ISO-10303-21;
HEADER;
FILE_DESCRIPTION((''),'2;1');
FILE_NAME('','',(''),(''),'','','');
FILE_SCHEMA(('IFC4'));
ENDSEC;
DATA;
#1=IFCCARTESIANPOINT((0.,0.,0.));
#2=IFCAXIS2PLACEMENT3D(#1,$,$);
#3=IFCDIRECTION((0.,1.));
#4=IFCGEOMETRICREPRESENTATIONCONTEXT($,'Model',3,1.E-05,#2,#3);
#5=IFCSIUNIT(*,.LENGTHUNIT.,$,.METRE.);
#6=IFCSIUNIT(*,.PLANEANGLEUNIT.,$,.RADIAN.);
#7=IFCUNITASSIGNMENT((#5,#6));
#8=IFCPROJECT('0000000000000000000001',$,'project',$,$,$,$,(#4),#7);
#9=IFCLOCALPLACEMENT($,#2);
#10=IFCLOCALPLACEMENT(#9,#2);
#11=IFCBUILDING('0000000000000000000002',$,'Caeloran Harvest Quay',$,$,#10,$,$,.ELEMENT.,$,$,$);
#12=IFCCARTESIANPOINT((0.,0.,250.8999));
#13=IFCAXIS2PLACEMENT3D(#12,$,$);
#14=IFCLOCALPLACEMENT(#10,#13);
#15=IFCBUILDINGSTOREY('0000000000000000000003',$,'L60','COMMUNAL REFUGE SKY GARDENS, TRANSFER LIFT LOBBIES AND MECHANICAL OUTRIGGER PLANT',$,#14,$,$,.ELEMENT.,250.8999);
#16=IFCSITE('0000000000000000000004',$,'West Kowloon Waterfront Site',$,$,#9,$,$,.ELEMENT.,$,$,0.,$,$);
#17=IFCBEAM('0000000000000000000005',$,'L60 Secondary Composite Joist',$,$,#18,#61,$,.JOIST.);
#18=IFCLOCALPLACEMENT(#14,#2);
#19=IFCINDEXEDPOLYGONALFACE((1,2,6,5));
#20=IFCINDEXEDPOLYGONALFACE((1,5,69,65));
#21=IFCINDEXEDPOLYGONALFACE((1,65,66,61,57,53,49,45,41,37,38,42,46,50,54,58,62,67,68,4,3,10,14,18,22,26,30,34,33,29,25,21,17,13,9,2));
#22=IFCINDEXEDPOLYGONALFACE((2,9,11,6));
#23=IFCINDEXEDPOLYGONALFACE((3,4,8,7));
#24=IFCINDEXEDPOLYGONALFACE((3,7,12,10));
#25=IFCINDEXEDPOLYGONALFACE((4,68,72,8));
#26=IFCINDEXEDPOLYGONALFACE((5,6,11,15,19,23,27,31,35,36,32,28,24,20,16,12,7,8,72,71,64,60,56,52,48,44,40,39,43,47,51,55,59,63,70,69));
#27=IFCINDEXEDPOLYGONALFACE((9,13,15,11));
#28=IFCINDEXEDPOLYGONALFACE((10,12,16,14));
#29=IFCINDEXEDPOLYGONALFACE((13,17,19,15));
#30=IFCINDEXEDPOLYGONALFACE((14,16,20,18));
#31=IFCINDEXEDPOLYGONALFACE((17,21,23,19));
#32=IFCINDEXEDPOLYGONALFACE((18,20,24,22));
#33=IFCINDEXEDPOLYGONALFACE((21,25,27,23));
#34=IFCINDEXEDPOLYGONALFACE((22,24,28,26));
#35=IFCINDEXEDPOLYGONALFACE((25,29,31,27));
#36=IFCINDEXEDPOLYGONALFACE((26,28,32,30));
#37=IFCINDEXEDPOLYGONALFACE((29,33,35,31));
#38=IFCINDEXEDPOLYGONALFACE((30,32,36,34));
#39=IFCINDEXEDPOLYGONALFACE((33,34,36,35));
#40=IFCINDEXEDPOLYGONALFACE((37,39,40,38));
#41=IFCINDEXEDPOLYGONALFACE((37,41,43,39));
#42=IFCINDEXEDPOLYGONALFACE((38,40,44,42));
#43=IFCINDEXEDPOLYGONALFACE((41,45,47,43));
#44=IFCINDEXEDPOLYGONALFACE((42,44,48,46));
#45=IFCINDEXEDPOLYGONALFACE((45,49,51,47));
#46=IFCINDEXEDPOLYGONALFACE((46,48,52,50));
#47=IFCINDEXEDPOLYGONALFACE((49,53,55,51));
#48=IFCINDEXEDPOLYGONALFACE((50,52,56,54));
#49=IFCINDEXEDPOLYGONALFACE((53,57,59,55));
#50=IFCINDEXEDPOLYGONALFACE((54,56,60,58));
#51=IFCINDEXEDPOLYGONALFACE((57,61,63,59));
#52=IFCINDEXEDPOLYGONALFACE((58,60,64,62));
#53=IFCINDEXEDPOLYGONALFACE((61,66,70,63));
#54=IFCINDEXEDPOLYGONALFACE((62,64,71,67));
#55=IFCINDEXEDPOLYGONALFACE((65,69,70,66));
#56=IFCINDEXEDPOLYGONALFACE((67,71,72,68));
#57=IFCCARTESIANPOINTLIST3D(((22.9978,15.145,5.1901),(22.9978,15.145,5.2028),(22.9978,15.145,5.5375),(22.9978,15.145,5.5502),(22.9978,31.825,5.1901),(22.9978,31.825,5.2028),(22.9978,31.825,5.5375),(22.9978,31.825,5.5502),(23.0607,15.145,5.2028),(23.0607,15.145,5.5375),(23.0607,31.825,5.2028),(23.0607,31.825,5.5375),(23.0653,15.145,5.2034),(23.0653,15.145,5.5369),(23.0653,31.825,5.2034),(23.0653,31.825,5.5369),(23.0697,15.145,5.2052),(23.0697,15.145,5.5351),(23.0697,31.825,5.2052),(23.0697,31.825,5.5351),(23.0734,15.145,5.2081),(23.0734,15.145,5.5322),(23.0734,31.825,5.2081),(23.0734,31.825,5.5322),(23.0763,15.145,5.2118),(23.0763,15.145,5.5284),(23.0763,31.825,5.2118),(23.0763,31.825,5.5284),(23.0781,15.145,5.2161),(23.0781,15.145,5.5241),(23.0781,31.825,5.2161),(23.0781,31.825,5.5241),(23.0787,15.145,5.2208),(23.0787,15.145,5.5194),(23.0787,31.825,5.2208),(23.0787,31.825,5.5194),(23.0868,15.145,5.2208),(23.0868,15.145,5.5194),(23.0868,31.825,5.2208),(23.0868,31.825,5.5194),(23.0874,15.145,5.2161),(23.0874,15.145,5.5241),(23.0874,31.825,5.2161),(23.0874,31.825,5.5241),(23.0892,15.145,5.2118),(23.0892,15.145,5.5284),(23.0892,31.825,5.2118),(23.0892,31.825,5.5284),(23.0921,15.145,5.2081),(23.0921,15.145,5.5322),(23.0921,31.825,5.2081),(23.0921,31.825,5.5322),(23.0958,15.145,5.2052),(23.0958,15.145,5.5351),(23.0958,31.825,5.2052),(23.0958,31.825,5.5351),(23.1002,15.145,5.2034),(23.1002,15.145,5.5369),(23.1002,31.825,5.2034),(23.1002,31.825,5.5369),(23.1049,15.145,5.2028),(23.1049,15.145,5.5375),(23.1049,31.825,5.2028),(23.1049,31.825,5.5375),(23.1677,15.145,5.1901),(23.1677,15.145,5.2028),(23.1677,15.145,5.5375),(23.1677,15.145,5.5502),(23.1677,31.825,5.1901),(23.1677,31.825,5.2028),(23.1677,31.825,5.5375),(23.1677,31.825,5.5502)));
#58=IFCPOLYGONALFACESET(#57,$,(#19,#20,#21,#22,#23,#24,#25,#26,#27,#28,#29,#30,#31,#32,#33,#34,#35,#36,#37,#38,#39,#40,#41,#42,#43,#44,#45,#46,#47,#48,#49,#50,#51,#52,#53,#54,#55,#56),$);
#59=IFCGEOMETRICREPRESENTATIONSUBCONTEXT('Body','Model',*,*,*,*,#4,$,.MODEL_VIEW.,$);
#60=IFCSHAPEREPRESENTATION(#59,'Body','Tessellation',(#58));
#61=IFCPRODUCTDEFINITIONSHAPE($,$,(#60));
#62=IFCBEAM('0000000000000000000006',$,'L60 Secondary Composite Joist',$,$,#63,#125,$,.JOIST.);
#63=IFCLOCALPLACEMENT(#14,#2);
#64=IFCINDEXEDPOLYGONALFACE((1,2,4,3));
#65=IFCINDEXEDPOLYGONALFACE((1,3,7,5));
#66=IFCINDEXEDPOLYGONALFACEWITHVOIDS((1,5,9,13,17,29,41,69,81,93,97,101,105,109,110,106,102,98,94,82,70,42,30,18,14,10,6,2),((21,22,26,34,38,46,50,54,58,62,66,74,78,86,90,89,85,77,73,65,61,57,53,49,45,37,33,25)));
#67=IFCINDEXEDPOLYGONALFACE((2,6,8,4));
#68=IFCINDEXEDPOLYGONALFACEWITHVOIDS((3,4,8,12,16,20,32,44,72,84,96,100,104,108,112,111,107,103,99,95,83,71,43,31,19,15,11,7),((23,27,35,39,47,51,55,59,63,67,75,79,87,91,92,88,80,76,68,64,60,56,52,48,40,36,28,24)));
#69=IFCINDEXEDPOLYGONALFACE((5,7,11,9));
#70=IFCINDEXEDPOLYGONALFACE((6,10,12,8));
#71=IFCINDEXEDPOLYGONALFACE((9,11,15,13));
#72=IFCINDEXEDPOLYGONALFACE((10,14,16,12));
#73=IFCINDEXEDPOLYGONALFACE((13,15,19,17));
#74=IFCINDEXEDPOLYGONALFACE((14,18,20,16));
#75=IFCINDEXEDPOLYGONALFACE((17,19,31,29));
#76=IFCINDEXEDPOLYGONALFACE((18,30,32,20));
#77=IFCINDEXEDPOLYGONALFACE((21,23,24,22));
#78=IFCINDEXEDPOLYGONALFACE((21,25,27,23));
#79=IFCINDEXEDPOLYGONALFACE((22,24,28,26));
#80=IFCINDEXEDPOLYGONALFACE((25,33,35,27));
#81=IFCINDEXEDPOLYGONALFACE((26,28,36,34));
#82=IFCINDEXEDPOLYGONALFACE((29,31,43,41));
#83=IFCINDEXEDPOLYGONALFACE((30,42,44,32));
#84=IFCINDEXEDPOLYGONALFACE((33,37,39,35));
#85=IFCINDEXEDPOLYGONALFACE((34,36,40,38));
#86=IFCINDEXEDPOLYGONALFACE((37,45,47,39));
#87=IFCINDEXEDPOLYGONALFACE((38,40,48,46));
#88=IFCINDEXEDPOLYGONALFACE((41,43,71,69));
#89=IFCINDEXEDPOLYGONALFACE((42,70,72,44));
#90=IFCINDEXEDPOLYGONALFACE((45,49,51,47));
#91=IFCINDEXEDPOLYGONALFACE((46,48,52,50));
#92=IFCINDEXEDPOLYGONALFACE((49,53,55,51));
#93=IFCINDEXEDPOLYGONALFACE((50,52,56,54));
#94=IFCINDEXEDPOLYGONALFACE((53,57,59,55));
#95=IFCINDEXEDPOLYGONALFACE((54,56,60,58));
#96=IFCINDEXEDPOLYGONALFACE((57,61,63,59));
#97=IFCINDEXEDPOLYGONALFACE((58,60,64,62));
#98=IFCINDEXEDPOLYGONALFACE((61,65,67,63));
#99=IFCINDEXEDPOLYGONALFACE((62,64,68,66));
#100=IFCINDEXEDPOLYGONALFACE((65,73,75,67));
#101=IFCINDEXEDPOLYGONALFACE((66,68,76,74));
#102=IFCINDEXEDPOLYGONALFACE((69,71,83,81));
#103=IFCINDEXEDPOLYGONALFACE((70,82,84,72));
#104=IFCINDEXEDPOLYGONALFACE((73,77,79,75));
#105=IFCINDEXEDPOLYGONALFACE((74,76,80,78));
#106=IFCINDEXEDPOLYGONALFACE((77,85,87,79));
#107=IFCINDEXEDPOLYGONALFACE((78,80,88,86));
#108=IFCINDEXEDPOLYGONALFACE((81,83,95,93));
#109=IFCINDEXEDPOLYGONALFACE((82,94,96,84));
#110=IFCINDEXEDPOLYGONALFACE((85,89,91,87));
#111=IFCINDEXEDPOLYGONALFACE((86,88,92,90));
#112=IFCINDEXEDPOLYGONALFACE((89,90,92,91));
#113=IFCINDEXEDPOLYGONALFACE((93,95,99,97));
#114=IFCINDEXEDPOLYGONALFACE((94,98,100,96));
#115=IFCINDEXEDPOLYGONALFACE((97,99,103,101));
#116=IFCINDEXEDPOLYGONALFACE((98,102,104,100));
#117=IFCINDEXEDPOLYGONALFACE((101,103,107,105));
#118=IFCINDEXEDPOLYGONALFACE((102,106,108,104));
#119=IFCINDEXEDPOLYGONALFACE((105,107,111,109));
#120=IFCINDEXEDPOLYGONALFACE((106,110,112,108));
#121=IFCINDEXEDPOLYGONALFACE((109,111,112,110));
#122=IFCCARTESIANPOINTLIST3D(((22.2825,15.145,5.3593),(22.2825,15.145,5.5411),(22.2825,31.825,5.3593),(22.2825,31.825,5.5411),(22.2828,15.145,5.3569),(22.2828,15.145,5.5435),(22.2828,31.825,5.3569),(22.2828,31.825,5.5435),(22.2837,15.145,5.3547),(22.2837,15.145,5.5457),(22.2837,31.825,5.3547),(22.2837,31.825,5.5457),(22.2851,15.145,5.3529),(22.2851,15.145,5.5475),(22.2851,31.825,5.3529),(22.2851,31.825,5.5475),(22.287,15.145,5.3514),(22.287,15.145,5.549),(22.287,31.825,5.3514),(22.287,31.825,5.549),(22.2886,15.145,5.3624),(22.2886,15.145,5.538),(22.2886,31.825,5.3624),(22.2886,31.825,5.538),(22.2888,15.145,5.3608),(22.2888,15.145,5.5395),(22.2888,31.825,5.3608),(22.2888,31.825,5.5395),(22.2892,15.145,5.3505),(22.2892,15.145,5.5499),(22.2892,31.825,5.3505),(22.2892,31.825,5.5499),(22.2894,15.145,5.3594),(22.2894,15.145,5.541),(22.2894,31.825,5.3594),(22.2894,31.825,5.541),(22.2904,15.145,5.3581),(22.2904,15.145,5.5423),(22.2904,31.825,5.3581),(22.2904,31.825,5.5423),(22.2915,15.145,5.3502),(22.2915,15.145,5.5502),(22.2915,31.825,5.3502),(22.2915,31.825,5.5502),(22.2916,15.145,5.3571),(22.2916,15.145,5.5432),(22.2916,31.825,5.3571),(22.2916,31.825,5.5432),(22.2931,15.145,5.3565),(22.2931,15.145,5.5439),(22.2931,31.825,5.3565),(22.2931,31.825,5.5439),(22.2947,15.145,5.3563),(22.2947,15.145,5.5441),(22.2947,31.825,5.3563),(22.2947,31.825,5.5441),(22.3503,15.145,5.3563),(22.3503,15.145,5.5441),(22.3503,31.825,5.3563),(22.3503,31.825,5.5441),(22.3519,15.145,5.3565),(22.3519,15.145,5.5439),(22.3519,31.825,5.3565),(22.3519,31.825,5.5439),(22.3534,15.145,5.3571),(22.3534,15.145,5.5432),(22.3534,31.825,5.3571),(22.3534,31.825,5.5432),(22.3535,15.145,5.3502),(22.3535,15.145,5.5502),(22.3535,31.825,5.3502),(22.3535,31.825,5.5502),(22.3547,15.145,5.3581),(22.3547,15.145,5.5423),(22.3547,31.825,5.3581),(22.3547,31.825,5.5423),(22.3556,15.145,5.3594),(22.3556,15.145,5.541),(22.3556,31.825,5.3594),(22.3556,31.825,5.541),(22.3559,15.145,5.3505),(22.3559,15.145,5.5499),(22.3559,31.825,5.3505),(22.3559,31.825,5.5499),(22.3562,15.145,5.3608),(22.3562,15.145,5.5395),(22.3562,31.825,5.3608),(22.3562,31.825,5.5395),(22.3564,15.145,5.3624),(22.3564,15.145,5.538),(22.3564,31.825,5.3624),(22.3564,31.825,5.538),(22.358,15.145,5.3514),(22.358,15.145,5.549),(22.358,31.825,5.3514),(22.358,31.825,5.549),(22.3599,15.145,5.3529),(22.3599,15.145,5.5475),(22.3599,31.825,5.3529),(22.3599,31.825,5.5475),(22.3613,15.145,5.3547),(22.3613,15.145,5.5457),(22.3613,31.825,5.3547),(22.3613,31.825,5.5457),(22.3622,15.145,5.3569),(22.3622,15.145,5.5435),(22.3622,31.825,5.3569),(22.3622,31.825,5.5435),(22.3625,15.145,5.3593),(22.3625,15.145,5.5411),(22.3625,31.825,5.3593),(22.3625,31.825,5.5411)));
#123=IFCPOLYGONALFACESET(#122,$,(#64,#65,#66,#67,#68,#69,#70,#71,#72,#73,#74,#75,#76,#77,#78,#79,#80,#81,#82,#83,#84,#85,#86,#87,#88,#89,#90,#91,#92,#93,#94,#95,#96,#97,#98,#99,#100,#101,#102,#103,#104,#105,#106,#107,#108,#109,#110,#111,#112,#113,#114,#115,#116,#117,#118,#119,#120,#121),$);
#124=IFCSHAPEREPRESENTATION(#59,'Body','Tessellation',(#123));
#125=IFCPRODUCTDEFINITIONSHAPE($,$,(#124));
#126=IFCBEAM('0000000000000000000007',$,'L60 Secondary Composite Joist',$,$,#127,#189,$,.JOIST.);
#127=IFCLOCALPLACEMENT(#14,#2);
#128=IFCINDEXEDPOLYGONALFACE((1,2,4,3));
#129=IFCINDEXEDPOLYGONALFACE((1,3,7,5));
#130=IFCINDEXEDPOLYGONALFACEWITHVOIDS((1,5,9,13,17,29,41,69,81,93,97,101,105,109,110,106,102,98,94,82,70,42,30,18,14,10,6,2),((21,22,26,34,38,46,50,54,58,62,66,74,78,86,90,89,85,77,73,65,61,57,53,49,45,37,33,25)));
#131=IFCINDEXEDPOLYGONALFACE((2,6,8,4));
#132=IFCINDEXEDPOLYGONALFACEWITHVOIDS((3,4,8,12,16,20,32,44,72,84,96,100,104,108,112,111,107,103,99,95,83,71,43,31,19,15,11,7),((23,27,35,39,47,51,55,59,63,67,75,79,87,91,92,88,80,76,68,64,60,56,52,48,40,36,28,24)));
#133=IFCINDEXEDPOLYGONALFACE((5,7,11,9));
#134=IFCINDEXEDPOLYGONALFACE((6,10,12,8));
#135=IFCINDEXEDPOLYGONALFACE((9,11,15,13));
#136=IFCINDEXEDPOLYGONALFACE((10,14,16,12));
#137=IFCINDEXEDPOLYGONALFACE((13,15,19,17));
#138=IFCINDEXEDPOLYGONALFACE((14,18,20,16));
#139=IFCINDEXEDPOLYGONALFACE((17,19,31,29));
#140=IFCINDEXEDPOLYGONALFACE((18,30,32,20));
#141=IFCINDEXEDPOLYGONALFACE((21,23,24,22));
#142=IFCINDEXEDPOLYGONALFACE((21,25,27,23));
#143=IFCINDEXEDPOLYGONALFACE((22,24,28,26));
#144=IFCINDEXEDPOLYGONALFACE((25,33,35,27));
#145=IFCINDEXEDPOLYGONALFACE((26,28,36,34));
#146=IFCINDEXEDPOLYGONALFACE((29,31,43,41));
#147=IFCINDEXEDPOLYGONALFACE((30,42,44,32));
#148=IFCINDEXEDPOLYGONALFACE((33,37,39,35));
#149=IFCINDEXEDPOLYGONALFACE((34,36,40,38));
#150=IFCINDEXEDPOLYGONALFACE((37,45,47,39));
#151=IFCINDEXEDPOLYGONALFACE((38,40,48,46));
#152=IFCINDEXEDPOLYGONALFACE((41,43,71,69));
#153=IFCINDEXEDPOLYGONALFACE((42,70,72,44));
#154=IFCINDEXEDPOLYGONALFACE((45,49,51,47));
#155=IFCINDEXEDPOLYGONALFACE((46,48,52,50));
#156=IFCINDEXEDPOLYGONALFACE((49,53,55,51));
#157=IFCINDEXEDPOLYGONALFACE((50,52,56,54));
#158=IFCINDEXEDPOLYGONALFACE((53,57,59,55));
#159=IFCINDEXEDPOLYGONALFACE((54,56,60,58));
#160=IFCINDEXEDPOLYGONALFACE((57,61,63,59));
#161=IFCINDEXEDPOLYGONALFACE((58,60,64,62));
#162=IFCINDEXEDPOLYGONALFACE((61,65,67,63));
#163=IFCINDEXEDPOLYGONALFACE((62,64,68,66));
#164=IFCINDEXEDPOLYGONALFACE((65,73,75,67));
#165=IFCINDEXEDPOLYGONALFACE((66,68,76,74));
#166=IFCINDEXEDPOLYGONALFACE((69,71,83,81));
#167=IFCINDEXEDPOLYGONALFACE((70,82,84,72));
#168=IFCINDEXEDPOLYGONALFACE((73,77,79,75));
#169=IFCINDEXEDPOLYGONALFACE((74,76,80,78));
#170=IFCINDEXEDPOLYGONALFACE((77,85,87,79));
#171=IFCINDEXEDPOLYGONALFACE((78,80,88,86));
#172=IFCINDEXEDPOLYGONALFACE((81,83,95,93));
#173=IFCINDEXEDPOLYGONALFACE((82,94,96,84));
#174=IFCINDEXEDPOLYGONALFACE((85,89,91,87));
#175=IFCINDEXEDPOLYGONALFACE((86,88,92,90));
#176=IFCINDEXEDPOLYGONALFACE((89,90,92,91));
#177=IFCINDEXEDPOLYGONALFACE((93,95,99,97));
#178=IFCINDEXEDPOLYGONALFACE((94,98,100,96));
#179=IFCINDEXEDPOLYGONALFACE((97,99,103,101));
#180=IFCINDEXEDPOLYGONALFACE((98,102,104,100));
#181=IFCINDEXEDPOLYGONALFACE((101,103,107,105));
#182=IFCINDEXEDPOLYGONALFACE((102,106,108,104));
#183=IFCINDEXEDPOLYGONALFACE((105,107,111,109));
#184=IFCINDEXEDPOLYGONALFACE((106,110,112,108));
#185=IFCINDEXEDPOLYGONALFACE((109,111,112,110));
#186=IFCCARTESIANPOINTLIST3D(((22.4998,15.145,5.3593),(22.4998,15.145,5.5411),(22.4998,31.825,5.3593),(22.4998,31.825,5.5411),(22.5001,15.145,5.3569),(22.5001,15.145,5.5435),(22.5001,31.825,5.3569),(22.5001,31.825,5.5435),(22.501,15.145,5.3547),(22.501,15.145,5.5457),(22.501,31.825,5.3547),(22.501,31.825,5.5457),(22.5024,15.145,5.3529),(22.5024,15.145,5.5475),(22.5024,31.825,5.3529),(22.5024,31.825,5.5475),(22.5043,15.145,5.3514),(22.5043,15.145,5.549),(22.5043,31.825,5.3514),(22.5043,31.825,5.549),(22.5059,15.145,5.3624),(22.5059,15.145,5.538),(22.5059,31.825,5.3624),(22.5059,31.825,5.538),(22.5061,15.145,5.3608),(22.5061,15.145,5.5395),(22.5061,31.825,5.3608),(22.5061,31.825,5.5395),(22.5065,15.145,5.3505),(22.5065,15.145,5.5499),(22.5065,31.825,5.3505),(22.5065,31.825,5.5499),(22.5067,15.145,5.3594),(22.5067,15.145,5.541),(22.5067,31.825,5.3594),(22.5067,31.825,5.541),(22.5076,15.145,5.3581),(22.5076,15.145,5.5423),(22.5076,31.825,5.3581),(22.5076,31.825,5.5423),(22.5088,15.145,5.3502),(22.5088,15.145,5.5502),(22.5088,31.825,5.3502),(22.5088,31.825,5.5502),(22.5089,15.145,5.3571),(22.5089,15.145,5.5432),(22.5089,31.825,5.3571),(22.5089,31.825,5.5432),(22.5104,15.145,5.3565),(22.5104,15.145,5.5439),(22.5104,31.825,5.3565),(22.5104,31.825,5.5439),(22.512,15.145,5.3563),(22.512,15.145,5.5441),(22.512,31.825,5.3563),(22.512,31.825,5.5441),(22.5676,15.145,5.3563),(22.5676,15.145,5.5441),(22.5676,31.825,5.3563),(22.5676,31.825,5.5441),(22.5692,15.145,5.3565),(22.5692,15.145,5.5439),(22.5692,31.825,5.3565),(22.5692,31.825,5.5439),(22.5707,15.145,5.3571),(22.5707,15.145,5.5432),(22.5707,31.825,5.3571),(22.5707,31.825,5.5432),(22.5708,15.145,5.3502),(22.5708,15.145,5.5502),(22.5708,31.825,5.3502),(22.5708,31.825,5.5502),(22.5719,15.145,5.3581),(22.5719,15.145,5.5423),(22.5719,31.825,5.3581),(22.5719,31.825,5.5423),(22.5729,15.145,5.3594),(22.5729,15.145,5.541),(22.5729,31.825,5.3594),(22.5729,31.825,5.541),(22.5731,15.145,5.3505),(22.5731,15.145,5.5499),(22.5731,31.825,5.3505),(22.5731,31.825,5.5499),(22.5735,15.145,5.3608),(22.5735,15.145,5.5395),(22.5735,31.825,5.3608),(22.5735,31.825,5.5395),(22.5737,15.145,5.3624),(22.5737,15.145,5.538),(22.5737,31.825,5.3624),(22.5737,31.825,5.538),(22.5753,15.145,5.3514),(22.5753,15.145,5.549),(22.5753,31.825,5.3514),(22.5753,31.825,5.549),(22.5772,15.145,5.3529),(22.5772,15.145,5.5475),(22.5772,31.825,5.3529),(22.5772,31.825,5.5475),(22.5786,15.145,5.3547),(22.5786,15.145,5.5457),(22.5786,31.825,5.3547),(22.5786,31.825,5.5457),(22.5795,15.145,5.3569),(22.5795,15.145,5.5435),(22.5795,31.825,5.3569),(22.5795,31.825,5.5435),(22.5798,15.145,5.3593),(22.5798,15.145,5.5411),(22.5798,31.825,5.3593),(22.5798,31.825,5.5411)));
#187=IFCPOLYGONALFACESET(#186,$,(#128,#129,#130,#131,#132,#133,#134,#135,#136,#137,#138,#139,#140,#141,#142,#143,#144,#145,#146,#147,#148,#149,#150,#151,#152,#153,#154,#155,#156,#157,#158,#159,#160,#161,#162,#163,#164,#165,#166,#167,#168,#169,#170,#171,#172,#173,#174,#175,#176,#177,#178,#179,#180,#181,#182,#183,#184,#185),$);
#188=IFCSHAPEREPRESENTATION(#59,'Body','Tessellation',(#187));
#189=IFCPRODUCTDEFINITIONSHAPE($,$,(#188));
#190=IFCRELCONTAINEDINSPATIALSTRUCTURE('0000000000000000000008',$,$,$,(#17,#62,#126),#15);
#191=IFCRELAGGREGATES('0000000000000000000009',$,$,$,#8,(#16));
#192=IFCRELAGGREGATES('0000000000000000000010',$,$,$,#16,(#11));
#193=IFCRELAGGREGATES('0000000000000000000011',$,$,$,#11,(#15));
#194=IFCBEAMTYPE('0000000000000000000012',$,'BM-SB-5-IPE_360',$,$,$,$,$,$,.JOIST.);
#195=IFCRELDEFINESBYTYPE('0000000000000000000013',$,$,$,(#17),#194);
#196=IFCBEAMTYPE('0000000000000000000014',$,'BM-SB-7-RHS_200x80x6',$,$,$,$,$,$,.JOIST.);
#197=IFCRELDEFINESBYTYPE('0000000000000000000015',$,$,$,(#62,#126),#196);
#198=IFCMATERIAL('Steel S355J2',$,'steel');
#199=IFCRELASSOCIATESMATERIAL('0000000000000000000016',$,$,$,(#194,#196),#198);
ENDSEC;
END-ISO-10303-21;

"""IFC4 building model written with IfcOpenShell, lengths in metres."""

from ifc_helpers import new_model, si_unit, direction, frame, origin, origin_2d, place, context, subcontext, project, spatial, hollow_rectangle, i_section, extrude, material, material_profile, profile_set, type_object, element, save


model = new_model("IFC4")

# Units and contexts
model_context = context("Model", 3, precision=1e-05, world=origin(), true_north=direction((0.0, 1.0)))
body_context = subcontext(model_context, "Body", "Model", "MODEL_VIEW")
ifc_project = project(units=[si_unit("LENGTHUNIT", "METRE"), si_unit("PLANEANGLEUNIT", "RADIAN")], contexts=[model_context])

# Site, building, storey
site_placement = place(None, origin())
site = spatial("IfcSite", under=ifc_project, at=site_placement, Name="West Kowloon Waterfront Site", CompositionType="ELEMENT", RefElevation=0.0)
building_placement = place(site_placement, origin())
building = spatial("IfcBuilding", under=site, at=building_placement, Name="Caeloran Harvest Quay", CompositionType="ELEMENT")
storey_placement = place(building_placement, frame((0.0, 0.0, 250.8999)))
storey = spatial("IfcBuildingStorey", under=building, at=storey_placement, Name="L60", Description="COMMUNAL REFUGE SKY GARDENS, TRANSFER LIFT LOBBIES AND MECHANICAL OUTRIGGER PLANT", CompositionType="ELEMENT", Elevation=250.8999)

# Beams
ifc_material_1 = material(Name="Steel S355J2", Category="steel")
ifc_material_profile_1 = material_profile(ifc_material_1, i_section(OverallWidth=0.1699, OverallDepth=0.3601, WebThickness=0.0081, FlangeThickness=0.0127, FilletRadius=0.0181, at=origin_2d()), Name="IPE 360")
ifc_profile_set_1 = profile_set([ifc_material_profile_1], Name="Steel S355J2")
beam_type_1 = type_object("IfcBeamType", Name="BM-SB-5-IPE_360", PredefinedType="JOIST", material=ifc_profile_set_1)
for number, where, z_axis, x_axis, name in (
    (1, (23.0828, 15.145, 5.3701), (0.0, 1.0, 0.0), (-1.0, 0.0, 0.0), "L60 Secondary Composite Joist"),
):
    element("IfcBeam", number, at=place(storey_placement, frame(where, z_axis=z_axis, x_axis=x_axis)), inside=storey, type_object=beam_type_1, Name=name, PredefinedType="JOIST", context=body_context, shape_type="SweptSolid", body=[
        extrude(i_section(OverallWidth=0.1699, OverallDepth=0.3601, WebThickness=0.0081, FlangeThickness=0.0127, FilletRadius=0.0181, at=origin_2d()), origin(), (0.0, 0.0, 1.0), 16.6799),
    ])
ifc_material_profile_2 = material_profile(ifc_material_1, hollow_rectangle(XDim=0.0801, YDim=0.2, WallThickness=0.0061, InnerFilletRadius=0.0061, OuterFilletRadius=0.009, at=origin_2d()), Name="RHS 200x80x6")
ifc_profile_set_2 = profile_set([ifc_material_profile_2], Name="Steel S355J2")
beam_type_2 = type_object("IfcBeamType", Name="BM-SB-7-RHS_200x80x6", PredefinedType="JOIST", material=ifc_profile_set_2)
for number, where, z_axis, x_axis, name in (
    (2, (22.3225, 15.145, 5.4502), (0.0, 1.0, 0.0), (-1.0, 0.0, 0.0), "L60 Secondary Composite Joist"),
    (3, (22.5398, 15.145, 5.4502), (0.0, 1.0, 0.0), (-1.0, 0.0, 0.0), "L60 Secondary Composite Joist"),
):
    element("IfcBeam", number, at=place(storey_placement, frame(where, z_axis=z_axis, x_axis=x_axis)), inside=storey, type_object=beam_type_2, Name=name, PredefinedType="JOIST", context=body_context, shape_type="SweptSolid", body=[
        extrude(hollow_rectangle(XDim=0.0801, YDim=0.2, WallThickness=0.0061, InnerFilletRadius=0.0061, OuterFilletRadius=0.009, at=origin_2d()), origin(), (0.0, 0.0, 1.0), 16.6799),
    ])

save(model, "model.ifc")
